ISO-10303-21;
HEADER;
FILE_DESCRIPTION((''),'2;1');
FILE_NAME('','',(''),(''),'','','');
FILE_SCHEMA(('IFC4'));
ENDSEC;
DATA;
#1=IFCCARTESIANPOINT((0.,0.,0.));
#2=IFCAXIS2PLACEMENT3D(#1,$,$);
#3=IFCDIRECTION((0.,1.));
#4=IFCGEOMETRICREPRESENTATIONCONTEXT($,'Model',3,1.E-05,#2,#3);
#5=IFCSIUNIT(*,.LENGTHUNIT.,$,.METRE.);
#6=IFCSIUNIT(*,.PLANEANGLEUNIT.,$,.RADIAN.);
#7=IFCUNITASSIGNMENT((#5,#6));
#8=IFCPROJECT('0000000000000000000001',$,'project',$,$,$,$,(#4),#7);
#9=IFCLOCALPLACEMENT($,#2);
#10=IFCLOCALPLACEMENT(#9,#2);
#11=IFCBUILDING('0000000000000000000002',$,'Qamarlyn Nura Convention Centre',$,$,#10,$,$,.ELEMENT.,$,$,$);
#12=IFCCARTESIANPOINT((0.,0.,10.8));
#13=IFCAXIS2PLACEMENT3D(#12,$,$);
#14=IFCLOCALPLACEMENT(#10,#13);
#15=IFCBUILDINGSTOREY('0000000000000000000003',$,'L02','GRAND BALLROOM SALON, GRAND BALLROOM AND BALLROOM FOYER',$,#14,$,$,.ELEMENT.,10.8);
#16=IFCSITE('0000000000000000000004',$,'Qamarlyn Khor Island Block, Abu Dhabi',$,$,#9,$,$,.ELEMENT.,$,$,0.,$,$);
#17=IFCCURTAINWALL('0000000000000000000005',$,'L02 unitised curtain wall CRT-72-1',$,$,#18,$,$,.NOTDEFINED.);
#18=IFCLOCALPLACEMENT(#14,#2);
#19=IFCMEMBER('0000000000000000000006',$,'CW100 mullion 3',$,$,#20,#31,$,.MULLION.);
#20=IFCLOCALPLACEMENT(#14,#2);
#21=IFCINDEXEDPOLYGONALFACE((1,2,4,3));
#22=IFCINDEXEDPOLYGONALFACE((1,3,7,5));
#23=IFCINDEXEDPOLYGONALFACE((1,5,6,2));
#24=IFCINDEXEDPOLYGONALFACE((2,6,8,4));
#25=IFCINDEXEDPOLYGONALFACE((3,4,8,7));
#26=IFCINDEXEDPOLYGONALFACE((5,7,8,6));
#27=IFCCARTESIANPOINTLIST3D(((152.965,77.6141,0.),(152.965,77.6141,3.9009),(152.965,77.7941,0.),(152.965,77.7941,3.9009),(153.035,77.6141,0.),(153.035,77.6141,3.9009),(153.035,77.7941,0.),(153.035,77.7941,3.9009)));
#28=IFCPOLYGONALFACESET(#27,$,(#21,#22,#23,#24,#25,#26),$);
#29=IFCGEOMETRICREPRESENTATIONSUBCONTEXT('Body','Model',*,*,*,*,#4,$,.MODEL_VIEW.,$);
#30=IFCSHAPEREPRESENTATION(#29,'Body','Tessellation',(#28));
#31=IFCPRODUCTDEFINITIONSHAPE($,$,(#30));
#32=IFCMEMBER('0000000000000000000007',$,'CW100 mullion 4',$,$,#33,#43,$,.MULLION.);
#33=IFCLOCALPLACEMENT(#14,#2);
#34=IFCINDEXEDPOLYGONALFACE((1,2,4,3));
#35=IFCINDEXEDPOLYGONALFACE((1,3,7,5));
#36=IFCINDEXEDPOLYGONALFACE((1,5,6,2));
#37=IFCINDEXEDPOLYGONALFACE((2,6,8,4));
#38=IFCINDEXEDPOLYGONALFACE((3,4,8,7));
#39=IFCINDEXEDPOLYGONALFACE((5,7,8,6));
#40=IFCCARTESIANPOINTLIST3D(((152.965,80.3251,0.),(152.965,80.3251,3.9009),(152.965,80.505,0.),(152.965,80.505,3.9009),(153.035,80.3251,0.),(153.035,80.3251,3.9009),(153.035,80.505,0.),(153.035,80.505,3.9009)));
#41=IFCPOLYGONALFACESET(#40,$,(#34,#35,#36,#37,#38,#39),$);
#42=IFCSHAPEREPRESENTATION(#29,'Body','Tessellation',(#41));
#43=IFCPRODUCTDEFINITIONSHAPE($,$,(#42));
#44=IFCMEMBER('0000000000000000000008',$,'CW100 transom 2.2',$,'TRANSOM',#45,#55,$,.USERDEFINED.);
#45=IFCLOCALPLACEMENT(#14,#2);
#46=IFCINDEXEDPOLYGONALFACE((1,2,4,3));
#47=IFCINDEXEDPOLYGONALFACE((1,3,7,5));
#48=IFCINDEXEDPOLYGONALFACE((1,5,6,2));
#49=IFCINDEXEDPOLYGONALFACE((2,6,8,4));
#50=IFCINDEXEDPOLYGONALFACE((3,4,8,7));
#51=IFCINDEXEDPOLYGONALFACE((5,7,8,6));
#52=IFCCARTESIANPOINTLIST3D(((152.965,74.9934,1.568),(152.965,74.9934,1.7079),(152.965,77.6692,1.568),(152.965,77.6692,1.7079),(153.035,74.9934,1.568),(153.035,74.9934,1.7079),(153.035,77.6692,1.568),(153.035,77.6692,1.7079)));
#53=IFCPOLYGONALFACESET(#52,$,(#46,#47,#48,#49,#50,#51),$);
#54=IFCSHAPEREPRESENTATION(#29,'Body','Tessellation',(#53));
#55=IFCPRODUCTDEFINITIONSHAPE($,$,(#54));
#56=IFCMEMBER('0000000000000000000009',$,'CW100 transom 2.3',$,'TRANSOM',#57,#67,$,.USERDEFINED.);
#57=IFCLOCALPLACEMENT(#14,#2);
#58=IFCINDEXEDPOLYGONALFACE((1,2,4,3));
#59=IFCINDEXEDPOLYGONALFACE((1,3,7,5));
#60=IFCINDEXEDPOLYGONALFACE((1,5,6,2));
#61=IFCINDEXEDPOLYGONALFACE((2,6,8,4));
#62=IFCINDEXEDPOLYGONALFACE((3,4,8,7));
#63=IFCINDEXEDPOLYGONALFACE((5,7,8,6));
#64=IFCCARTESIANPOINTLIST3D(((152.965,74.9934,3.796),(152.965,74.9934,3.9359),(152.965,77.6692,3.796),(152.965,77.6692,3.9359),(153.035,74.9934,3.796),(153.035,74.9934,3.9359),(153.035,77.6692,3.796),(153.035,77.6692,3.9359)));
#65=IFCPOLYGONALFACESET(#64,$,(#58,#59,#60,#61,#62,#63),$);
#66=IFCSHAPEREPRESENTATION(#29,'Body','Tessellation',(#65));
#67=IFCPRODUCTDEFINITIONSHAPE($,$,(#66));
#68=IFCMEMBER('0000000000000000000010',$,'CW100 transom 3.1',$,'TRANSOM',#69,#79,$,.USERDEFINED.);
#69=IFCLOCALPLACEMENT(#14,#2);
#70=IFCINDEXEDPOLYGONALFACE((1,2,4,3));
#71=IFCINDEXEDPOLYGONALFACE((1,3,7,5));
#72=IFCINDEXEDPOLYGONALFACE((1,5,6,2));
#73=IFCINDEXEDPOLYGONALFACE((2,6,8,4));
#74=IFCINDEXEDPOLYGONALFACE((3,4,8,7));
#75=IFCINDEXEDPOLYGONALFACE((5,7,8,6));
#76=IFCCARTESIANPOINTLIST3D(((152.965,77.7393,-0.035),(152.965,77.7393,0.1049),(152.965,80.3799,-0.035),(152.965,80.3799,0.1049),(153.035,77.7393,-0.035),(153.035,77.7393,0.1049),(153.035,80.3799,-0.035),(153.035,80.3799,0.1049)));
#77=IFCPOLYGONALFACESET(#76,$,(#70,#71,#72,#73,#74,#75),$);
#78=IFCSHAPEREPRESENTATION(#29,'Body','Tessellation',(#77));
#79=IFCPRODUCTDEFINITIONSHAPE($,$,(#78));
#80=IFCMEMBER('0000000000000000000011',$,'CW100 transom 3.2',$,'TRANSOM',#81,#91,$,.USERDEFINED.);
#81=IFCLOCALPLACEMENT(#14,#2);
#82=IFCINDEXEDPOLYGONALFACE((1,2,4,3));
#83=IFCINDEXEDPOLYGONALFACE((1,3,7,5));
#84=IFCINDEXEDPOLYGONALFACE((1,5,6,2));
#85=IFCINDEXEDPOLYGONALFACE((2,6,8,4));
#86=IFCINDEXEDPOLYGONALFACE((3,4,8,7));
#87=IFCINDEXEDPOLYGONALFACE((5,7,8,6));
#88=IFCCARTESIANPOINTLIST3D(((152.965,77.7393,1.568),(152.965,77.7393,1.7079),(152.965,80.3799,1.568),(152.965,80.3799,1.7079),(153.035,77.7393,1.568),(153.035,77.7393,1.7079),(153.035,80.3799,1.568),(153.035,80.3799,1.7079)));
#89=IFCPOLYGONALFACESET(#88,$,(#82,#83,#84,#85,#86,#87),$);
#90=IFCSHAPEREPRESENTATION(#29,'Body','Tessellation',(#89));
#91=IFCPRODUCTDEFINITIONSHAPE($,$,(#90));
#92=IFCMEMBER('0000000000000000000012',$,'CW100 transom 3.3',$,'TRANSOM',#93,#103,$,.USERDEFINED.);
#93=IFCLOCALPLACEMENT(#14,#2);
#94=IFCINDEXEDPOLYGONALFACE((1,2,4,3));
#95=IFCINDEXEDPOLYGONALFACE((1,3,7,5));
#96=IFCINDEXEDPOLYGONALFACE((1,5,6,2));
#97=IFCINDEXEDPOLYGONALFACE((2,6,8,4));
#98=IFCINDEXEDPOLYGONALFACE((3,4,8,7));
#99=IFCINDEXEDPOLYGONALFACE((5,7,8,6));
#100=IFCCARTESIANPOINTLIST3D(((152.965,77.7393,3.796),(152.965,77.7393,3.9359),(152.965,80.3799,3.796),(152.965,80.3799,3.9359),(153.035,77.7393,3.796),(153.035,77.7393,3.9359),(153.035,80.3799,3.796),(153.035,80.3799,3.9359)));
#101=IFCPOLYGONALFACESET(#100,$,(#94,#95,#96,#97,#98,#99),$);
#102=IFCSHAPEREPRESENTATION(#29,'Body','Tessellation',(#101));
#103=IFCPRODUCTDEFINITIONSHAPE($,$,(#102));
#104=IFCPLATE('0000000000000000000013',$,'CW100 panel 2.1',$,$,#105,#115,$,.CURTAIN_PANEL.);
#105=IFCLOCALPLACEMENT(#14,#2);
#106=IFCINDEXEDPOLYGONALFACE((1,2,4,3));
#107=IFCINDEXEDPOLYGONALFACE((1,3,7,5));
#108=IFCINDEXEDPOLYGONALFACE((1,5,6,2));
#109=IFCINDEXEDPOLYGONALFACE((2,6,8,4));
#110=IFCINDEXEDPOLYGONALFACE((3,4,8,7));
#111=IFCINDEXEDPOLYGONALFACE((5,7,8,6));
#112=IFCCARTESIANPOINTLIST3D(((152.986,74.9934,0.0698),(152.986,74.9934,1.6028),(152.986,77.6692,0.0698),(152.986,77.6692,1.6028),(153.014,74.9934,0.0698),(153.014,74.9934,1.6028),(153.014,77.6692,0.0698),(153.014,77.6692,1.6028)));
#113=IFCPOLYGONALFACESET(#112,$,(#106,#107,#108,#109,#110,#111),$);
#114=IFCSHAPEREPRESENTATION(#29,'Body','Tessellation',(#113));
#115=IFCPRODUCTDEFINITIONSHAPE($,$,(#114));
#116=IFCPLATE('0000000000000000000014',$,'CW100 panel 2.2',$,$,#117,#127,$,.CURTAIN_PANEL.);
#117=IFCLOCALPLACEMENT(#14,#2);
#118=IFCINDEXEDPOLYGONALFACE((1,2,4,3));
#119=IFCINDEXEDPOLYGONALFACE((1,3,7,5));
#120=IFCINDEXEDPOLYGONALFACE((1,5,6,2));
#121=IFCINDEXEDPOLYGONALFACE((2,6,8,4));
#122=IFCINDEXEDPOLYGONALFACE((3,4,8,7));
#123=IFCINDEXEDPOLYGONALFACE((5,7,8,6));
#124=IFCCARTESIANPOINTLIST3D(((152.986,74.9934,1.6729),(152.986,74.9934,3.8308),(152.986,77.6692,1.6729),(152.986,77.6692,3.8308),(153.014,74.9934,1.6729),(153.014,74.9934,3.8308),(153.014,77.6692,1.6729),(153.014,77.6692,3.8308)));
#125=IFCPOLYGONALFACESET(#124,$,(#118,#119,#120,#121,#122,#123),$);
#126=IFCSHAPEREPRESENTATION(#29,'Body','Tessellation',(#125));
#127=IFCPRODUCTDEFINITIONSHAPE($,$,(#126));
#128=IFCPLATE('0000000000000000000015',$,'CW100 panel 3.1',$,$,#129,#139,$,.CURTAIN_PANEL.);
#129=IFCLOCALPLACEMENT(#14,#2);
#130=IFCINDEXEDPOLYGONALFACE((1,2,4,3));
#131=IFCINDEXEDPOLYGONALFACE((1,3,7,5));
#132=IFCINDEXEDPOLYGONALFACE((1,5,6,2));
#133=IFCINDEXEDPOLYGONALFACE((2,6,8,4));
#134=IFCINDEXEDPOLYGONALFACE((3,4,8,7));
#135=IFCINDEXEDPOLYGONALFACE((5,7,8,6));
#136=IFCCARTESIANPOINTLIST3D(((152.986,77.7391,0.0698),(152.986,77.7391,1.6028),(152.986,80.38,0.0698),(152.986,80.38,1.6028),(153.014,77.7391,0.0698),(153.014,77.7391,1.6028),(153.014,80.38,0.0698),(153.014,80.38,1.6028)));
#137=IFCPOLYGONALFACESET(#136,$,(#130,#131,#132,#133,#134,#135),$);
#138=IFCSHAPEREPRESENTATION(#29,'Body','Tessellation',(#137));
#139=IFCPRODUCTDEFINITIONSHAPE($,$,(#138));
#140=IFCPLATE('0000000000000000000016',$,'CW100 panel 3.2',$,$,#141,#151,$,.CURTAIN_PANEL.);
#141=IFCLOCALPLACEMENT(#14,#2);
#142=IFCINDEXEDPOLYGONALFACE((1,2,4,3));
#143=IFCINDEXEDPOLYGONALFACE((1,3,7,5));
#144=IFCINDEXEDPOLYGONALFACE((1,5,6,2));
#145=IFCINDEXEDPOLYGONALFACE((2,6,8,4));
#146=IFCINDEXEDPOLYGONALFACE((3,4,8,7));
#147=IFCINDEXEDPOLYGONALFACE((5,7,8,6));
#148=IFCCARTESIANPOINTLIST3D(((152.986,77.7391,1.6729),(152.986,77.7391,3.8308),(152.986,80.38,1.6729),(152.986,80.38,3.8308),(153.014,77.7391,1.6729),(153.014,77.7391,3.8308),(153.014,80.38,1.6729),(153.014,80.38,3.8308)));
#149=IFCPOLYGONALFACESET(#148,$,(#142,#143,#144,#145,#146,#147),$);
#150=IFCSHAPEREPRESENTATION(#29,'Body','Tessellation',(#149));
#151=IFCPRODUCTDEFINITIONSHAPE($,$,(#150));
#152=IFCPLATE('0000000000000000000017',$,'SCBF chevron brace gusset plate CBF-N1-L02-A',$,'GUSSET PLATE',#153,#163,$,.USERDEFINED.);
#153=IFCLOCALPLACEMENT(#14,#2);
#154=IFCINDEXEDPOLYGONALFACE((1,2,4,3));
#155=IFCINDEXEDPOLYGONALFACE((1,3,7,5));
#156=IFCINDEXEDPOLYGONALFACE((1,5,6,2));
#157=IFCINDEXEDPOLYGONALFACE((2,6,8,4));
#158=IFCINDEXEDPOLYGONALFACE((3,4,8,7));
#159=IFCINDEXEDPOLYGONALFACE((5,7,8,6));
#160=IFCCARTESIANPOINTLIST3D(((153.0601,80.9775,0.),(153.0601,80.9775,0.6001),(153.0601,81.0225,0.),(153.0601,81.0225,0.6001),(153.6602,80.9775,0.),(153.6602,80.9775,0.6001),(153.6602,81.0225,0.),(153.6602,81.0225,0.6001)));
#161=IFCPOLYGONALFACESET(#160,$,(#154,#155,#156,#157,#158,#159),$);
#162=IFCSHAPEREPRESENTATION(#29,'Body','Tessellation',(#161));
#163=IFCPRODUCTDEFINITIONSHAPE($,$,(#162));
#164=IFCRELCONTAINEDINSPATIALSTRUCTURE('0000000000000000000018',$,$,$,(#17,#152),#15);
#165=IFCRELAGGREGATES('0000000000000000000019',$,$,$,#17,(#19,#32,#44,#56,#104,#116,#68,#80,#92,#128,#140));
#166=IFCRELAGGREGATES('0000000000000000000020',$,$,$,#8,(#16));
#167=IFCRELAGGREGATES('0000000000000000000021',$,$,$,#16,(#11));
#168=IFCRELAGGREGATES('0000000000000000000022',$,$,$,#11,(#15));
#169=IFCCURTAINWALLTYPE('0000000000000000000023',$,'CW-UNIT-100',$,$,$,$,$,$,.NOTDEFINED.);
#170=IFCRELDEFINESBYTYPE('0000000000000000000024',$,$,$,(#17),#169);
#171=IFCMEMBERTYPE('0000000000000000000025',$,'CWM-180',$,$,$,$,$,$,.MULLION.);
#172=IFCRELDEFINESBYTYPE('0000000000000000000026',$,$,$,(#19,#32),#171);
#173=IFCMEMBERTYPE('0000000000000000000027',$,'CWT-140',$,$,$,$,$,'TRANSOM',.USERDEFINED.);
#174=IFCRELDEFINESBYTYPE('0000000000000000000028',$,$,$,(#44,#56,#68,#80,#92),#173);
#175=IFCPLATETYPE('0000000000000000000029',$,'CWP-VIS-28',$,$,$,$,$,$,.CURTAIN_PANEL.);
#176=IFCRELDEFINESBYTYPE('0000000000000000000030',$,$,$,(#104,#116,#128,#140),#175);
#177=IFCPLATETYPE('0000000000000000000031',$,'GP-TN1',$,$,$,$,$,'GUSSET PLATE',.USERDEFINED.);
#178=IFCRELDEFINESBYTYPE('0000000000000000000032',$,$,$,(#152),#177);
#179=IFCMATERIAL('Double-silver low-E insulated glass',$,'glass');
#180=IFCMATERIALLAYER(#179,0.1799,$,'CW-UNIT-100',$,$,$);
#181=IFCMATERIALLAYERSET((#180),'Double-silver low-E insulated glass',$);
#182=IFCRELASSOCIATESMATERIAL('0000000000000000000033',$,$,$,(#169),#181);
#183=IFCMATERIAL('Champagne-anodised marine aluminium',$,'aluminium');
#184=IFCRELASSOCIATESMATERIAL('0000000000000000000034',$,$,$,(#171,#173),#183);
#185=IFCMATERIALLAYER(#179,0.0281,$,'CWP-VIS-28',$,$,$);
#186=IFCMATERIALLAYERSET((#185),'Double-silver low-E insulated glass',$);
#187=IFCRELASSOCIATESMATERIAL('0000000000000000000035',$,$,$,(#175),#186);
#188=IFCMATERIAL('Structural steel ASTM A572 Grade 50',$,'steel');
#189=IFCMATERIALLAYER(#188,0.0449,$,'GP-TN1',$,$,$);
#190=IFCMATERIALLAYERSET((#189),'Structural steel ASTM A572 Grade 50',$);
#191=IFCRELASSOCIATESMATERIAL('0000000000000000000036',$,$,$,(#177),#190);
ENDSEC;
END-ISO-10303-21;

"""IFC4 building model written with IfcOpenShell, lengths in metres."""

from ifc_helpers import new_model, si_unit, direction, frame, origin, origin_2d, place, context, subcontext, project, spatial, rectangle, extrude, material, layer, layer_set, material_profile, profile_set, type_object, element, aggregate, save


model = new_model("IFC4")

# Units and contexts
model_context = context("Model", 3, precision=1e-05, world=origin(), true_north=direction((0.0, 1.0)))
body_context = subcontext(model_context, "Body", "Model", "MODEL_VIEW")
ifc_project = project(units=[si_unit("LENGTHUNIT", "METRE"), si_unit("PLANEANGLEUNIT", "RADIAN")], contexts=[model_context])

# Site, building, storey
site_placement = place(None, origin())
site = spatial("IfcSite", under=ifc_project, at=site_placement, Name="Qamarlyn Khor Island Block, Abu Dhabi", CompositionType="ELEMENT", RefElevation=0.0)
building_placement = place(site_placement, origin())
building = spatial("IfcBuilding", under=site, at=building_placement, Name="Qamarlyn Nura Convention Centre", CompositionType="ELEMENT")
storey_placement = place(building_placement, frame((0.0, 0.0, 10.8)))
storey = spatial("IfcBuildingStorey", under=building, at=storey_placement, Name="L02", Description="GRAND BALLROOM SALON, GRAND BALLROOM AND BALLROOM FOYER", CompositionType="ELEMENT", Elevation=10.8)

# Curtain wall, members, plates
ifc_material_1 = material(Name="Double-silver low-E insulated glass", Category="glass")
ifc_layer_1 = layer(ifc_material_1, 0.1799, Name="CW-UNIT-100")
ifc_layer_set_1 = layer_set([ifc_layer_1], Name="Double-silver low-E insulated glass")
curtain_wall_type = type_object("IfcCurtainWallType", Name="CW-UNIT-100", PredefinedType="NOTDEFINED", material=ifc_layer_set_1)
curtain_wall_placement = place(storey_placement, origin())
curtain_wall = element("IfcCurtainWall", 1, at=curtain_wall_placement, inside=storey, type_object=curtain_wall_type, Name="L02 unitised curtain wall CRT-72-1", PredefinedType="NOTDEFINED")
ifc_material_2 = material(Name="Champagne-anodised marine aluminium", Category="aluminium")
ifc_material_profile_1 = material_profile(ifc_material_2, rectangle(XDim=0.0701, YDim=0.1799, at=origin_2d()), Name="ALU MULLION 70x180")
ifc_profile_set_1 = profile_set([ifc_material_profile_1], Name="Champagne-anodised marine aluminium")
member_type_1 = type_object("IfcMemberType", Name="CWM-180", PredefinedType="MULLION", material=ifc_profile_set_1)
member_1_placement = place(storey_placement, frame((153.0, 77.7041, 0.0), z_axis=(0.0, 0.0, 1.0), x_axis=(-1.0, 0.0, 0.0)))
member_1 = element("IfcMember", 2, at=member_1_placement, type_object=member_type_1, Name="CW100 mullion 3", PredefinedType="MULLION", context=body_context, shape_type="SweptSolid", body=[
    extrude(rectangle(XDim=0.0701, YDim=0.1799, at=origin_2d()), origin(), (0.0, 0.0, 1.0), 3.9009),
])
member_2_placement = place(storey_placement, frame((153.0, 80.415, 0.0), z_axis=(0.0, 0.0, 1.0), x_axis=(-1.0, 0.0, 0.0)))
member_2 = element("IfcMember", 3, at=member_2_placement, type_object=member_type_1, Name="CW100 mullion 4", PredefinedType="MULLION", context=body_context, shape_type="SweptSolid", body=[
    extrude(rectangle(XDim=0.0701, YDim=0.1799, at=origin_2d()), origin(), (0.0, 0.0, 1.0), 3.9009),
])
ifc_material_profile_2 = material_profile(ifc_material_2, rectangle(XDim=0.0701, YDim=0.1399, at=origin_2d()), Name="ALU TRANSOM 70x140")
ifc_profile_set_2 = profile_set([ifc_material_profile_2], Name="Champagne-anodised marine aluminium")
member_type_2 = type_object("IfcMemberType", Name="CWT-140", ElementType="TRANSOM", PredefinedType="USERDEFINED", material=ifc_profile_set_2)
member_3_placement = place(storey_placement, frame((153.0, 74.9934, 1.6379), z_axis=(0.0, 1.0, 0.0), x_axis=(-1.0, 0.0, 0.0)))
member_3 = element("IfcMember", 4, at=member_3_placement, type_object=member_type_2, Name="CW100 transom 2.2", ObjectType="TRANSOM", PredefinedType="USERDEFINED", context=body_context, shape_type="SweptSolid", body=[
    extrude(rectangle(XDim=0.0701, YDim=0.1399, at=origin_2d()), origin(), (0.0, 0.0, 1.0), 2.6758),
])
member_4_placement = place(storey_placement, frame((153.0, 74.9934, 3.866), z_axis=(0.0, 1.0, 0.0), x_axis=(-1.0, 0.0, 0.0)))
member_4 = element("IfcMember", 5, at=member_4_placement, type_object=member_type_2, Name="CW100 transom 2.3", ObjectType="TRANSOM", PredefinedType="USERDEFINED", context=body_context, shape_type="SweptSolid", body=[
    extrude(rectangle(XDim=0.0701, YDim=0.1399, at=origin_2d()), origin(), (0.0, 0.0, 1.0), 2.6758),
])
member_5_placement = place(storey_placement, frame((153.0, 77.7393, 0.0349), z_axis=(0.0, 1.0, 0.0), x_axis=(-1.0, 0.0, 0.0)))
member_5 = element("IfcMember", 6, at=member_5_placement, type_object=member_type_2, Name="CW100 transom 3.1", ObjectType="TRANSOM", PredefinedType="USERDEFINED", context=body_context, shape_type="SweptSolid", body=[
    extrude(rectangle(XDim=0.0701, YDim=0.1399, at=origin_2d()), origin(), (0.0, 0.0, 1.0), 2.6406),
])
member_6_placement = place(storey_placement, frame((153.0, 77.7393, 1.6379), z_axis=(0.0, 1.0, 0.0), x_axis=(-1.0, 0.0, 0.0)))
member_6 = element("IfcMember", 7, at=member_6_placement, type_object=member_type_2, Name="CW100 transom 3.2", ObjectType="TRANSOM", PredefinedType="USERDEFINED", context=body_context, shape_type="SweptSolid", body=[
    extrude(rectangle(XDim=0.0701, YDim=0.1399, at=origin_2d()), origin(), (0.0, 0.0, 1.0), 2.6406),
])
member_7_placement = place(storey_placement, frame((153.0, 77.7393, 3.866), z_axis=(0.0, 1.0, 0.0), x_axis=(-1.0, 0.0, 0.0)))
member_7 = element("IfcMember", 8, at=member_7_placement, type_object=member_type_2, Name="CW100 transom 3.3", ObjectType="TRANSOM", PredefinedType="USERDEFINED", context=body_context, shape_type="SweptSolid", body=[
    extrude(rectangle(XDim=0.0701, YDim=0.1399, at=origin_2d()), origin(), (0.0, 0.0, 1.0), 2.6406),
])
ifc_layer_2 = layer(ifc_material_1, 0.0281, Name="CWP-VIS-28")
ifc_layer_set_2 = layer_set([ifc_layer_2], Name="Double-silver low-E insulated glass")
plate_type_1 = type_object("IfcPlateType", Name="CWP-VIS-28", PredefinedType="CURTAIN_PANEL", material=ifc_layer_set_2)
plate_1_placement = place(storey_placement, frame((153.0, 76.3313, 0.0698), z_axis=(0.0, 0.0, 1.0), x_axis=(0.0, 1.0, 0.0)))
plate_1 = element("IfcPlate", 9, at=plate_1_placement, type_object=plate_type_1, Name="CW100 panel 2.1", PredefinedType="CURTAIN_PANEL", context=body_context, shape_type="SweptSolid", body=[
    extrude(rectangle(XDim=2.6758, YDim=0.0281, at=origin_2d()), origin(), (0.0, 0.0, 1.0), 1.533),
])
plate_2_placement = place(storey_placement, frame((153.0, 76.3313, 1.6729), z_axis=(0.0, 0.0, 1.0), x_axis=(0.0, 1.0, 0.0)))
plate_2 = element("IfcPlate", 10, at=plate_2_placement, type_object=plate_type_1, Name="CW100 panel 2.2", PredefinedType="CURTAIN_PANEL", context=body_context, shape_type="SweptSolid", body=[
    extrude(rectangle(XDim=2.6758, YDim=0.0281, at=origin_2d()), origin(), (0.0, 0.0, 1.0), 2.158),
])
plate_3_placement = place(storey_placement, frame((153.0, 79.0596, 0.0698), z_axis=(0.0, 0.0, 1.0), x_axis=(0.0, 1.0, 0.0)))
plate_3 = element("IfcPlate", 11, at=plate_3_placement, type_object=plate_type_1, Name="CW100 panel 3.1", PredefinedType="CURTAIN_PANEL", context=body_context, shape_type="SweptSolid", body=[
    extrude(rectangle(XDim=2.6409, YDim=0.0281, at=origin_2d()), origin(), (0.0, 0.0, 1.0), 1.533),
])
plate_4_placement = place(storey_placement, frame((153.0, 79.0596, 1.6729), z_axis=(0.0, 0.0, 1.0), x_axis=(0.0, 1.0, 0.0)))
plate_4 = element("IfcPlate", 12, at=plate_4_placement, type_object=plate_type_1, Name="CW100 panel 3.2", PredefinedType="CURTAIN_PANEL", context=body_context, shape_type="SweptSolid", body=[
    extrude(rectangle(XDim=2.6409, YDim=0.0281, at=origin_2d()), origin(), (0.0, 0.0, 1.0), 2.158),
])
aggregate(curtain_wall, [member_1, member_2, member_3, member_4, plate_1, plate_2, member_5, member_6, member_7, plate_3, plate_4])

# Plate
ifc_material_3 = material(Name="Structural steel ASTM A572 Grade 50", Category="steel")
ifc_layer_3 = layer(ifc_material_3, 0.0449, Name="GP-TN1")
ifc_layer_set_3 = layer_set([ifc_layer_3], Name="Structural steel ASTM A572 Grade 50")
plate_type_2 = type_object("IfcPlateType", Name="GP-TN1", ElementType="GUSSET PLATE", PredefinedType="USERDEFINED", material=ifc_layer_set_3)
plate_5_placement = place(storey_placement, frame((153.3601, 81.0, 0.0), z_axis=(0.0, 0.0, 1.0), x_axis=(1.0, 0.0, 0.0)))
element("IfcPlate", 13, at=plate_5_placement, inside=storey, type_object=plate_type_2, Name="SCBF chevron brace gusset plate CBF-N1-L02-A", ObjectType="GUSSET PLATE", PredefinedType="USERDEFINED", context=body_context, shape_type="SweptSolid", body=[
    extrude(rectangle(XDim=0.6001, YDim=0.0449, at=origin_2d()), origin(), (0.0, 0.0, 1.0), 0.6001),
])

save(model, "model.ifc")
